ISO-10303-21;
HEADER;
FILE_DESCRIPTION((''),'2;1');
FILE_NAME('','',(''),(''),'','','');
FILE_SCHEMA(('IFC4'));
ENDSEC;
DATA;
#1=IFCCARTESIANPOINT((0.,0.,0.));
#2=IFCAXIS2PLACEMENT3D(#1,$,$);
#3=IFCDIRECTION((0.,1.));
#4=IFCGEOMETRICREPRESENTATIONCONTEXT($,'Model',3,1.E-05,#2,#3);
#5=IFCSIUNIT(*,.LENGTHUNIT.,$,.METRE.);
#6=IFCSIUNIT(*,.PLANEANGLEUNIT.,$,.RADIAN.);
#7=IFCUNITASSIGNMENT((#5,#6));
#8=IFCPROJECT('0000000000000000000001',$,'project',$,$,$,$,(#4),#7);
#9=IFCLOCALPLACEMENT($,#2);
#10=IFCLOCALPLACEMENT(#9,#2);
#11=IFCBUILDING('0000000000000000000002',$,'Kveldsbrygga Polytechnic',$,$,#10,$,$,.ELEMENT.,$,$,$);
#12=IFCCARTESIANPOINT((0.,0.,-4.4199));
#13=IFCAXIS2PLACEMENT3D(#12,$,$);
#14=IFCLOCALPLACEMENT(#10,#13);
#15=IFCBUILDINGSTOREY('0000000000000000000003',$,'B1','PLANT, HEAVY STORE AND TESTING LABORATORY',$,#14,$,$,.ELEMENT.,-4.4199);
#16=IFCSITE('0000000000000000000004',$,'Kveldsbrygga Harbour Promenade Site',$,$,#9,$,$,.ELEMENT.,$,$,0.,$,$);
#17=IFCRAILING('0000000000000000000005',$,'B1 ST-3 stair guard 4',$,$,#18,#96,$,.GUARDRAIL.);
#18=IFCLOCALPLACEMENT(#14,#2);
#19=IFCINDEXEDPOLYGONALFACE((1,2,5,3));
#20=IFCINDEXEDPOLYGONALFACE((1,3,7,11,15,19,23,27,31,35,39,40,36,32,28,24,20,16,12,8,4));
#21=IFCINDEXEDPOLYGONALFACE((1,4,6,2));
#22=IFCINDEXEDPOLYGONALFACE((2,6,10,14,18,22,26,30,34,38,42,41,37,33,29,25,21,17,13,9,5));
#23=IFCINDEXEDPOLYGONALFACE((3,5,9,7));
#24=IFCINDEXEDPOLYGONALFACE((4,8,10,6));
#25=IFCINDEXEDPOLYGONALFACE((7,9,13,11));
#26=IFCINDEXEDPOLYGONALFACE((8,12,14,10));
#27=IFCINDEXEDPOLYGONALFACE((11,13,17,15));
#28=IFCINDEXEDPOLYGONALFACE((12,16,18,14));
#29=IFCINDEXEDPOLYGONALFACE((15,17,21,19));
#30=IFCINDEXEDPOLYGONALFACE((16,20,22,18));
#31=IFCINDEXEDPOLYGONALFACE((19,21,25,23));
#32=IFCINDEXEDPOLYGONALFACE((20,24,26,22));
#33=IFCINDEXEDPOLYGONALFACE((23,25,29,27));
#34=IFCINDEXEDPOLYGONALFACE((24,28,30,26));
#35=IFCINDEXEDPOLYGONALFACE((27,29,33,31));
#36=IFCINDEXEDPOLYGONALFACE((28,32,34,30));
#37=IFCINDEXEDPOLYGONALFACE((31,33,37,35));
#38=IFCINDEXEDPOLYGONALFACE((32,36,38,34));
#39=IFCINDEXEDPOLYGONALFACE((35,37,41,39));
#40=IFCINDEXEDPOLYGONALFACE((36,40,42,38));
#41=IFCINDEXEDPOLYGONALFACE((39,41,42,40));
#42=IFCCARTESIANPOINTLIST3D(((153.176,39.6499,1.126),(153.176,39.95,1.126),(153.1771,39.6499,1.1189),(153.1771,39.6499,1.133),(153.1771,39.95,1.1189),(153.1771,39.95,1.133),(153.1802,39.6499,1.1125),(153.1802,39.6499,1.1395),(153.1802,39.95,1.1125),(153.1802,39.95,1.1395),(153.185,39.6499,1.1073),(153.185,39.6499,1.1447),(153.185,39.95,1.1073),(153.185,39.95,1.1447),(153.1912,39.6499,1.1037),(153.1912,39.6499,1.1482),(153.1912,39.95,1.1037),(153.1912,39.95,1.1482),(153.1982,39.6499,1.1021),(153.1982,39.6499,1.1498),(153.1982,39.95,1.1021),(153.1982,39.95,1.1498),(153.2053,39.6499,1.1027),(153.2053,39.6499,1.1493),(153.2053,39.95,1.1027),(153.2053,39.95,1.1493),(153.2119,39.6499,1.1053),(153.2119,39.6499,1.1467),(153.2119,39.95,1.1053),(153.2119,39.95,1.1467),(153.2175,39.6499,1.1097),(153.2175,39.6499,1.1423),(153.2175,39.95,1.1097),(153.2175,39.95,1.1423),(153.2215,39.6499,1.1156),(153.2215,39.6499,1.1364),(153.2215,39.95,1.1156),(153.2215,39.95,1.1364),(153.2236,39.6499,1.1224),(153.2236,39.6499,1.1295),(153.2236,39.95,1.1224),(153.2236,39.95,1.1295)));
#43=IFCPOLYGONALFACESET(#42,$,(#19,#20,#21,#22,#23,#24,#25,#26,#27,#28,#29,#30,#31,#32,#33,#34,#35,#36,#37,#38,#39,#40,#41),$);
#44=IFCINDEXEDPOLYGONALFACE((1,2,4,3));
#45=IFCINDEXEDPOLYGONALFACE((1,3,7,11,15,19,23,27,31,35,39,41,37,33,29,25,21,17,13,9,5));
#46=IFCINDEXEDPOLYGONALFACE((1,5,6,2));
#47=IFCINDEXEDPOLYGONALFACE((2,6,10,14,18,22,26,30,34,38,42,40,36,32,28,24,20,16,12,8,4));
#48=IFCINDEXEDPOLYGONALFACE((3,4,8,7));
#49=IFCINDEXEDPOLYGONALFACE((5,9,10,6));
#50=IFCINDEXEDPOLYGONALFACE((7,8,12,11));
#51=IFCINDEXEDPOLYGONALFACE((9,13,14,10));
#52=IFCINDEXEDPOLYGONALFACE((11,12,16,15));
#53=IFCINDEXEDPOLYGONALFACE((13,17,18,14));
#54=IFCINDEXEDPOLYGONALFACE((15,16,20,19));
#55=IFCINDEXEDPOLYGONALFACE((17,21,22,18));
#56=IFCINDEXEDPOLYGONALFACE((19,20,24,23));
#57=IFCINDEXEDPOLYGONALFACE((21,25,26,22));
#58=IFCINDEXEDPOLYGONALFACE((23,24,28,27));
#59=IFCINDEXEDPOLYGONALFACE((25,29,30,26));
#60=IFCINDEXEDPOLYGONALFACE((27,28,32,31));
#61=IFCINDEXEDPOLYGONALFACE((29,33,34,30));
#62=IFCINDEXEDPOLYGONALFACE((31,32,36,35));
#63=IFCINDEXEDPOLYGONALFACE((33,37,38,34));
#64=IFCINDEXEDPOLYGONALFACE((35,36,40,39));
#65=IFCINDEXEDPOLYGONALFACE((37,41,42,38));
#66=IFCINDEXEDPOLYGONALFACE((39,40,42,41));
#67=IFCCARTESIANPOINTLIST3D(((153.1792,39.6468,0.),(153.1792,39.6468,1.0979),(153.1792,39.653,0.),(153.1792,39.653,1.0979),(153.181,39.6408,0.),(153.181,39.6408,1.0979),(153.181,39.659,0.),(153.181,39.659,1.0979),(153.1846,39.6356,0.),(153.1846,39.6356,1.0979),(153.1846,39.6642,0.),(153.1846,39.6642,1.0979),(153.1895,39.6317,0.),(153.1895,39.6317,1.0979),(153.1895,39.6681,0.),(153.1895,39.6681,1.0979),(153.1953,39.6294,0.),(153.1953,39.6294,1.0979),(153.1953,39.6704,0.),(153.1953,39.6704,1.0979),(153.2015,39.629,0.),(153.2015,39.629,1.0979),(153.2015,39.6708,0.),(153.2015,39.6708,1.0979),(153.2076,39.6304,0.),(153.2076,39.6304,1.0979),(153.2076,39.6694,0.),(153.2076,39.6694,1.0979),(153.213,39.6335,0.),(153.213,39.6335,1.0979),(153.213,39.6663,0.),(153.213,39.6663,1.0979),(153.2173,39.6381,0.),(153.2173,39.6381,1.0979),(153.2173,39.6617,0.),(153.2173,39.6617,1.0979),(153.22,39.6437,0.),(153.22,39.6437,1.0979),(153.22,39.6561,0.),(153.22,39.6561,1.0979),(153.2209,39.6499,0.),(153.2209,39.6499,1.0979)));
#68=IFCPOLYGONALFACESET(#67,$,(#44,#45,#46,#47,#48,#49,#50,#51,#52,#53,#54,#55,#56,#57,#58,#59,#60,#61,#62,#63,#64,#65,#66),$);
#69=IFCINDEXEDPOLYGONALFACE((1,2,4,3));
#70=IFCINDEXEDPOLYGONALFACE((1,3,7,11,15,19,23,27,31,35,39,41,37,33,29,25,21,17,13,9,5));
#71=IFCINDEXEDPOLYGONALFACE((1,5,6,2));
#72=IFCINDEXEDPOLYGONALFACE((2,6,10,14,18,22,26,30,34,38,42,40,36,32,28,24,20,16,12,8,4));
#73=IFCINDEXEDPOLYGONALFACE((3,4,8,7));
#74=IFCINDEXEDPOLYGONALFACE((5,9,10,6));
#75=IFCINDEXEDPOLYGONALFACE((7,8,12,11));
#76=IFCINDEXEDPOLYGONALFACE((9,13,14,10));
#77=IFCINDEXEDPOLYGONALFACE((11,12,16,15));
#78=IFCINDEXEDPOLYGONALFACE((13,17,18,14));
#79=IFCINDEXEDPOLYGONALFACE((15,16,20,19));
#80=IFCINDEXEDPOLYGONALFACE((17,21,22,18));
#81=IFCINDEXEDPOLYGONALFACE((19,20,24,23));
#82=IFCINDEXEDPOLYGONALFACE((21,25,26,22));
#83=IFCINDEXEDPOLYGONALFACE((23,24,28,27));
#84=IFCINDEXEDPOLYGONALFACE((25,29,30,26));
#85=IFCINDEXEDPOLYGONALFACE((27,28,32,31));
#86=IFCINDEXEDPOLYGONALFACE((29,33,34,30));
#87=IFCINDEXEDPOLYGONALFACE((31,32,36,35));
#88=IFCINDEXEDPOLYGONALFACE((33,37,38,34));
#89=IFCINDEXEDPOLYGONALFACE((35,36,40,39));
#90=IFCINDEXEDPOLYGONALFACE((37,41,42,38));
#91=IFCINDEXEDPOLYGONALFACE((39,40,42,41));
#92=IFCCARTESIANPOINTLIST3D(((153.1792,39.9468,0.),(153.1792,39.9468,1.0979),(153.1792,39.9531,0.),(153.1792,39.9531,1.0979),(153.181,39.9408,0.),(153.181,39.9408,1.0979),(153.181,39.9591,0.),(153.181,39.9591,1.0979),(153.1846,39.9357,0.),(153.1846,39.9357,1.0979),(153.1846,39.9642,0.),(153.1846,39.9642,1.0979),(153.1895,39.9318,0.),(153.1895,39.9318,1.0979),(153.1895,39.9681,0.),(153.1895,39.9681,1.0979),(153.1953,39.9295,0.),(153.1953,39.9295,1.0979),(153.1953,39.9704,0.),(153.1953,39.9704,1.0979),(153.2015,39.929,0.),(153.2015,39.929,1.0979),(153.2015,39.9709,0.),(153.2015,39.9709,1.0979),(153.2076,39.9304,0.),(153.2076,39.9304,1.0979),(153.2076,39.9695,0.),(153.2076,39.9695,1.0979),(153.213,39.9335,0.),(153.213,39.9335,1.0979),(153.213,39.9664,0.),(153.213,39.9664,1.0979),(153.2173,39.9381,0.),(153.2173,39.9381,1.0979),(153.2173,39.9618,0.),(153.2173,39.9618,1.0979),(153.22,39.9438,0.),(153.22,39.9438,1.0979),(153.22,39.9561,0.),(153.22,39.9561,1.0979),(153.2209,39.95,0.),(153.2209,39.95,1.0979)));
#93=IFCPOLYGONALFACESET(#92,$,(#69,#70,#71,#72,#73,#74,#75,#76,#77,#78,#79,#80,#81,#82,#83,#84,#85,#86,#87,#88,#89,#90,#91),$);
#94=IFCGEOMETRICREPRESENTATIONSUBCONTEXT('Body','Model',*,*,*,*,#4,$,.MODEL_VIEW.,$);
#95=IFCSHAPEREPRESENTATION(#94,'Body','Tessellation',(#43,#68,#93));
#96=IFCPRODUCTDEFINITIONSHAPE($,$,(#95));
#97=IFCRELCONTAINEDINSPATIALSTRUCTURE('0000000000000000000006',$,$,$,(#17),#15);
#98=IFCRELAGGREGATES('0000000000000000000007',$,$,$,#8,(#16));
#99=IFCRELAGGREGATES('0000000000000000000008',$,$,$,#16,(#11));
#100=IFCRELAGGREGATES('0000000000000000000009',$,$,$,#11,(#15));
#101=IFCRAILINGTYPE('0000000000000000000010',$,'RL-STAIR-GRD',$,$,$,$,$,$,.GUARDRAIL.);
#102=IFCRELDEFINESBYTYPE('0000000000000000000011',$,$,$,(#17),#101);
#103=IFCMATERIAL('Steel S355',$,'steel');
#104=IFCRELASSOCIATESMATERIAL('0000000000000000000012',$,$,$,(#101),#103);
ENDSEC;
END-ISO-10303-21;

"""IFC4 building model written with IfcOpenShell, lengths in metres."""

from ifc_helpers import new_model, si_unit, direction, frame, origin, origin_2d, place, context, subcontext, project, spatial, circle, extrude, material, type_object, element, save


model = new_model("IFC4")

# Units and contexts
model_context = context("Model", 3, precision=1e-05, world=origin(), true_north=direction((0.0, 1.0)))
body_context = subcontext(model_context, "Body", "Model", "MODEL_VIEW")
ifc_project = project(units=[si_unit("LENGTHUNIT", "METRE"), si_unit("PLANEANGLEUNIT", "RADIAN")], contexts=[model_context])

# Site, building, storey
site_placement = place(None, origin())
site = spatial("IfcSite", under=ifc_project, at=site_placement, Name="Kveldsbrygga Harbour Promenade Site", CompositionType="ELEMENT", RefElevation=0.0)
building_placement = place(site_placement, origin())
building = spatial("IfcBuilding", under=site, at=building_placement, Name="Kveldsbrygga Polytechnic", CompositionType="ELEMENT")
storey_placement = place(building_placement, frame((0.0, 0.0, -4.4199)))
storey = spatial("IfcBuildingStorey", under=building, at=storey_placement, Name="B1", Description="PLANT, HEAVY STORE AND TESTING LABORATORY", CompositionType="ELEMENT", Elevation=-4.4199)

# Railing
ifc_material_1 = material(Name="Steel S355", Category="steel")
railing_type_1 = type_object("IfcRailingType", Name="RL-STAIR-GRD", PredefinedType="GUARDRAIL", material=ifc_material_1)
railing_1_placement = place(storey_placement, frame((153.2, 39.6499, 0.0)))
element("IfcRailing", 1, at=railing_1_placement, inside=storey, type_object=railing_type_1, Name="B1 ST-3 stair guard 4", PredefinedType="GUARDRAIL", context=body_context, shape_type="SweptSolid", body=[
    extrude(circle(Radius=0.0239, at=origin_2d()), frame((0.0, 0.0, 1.126), z_axis=(0.0, 1.0, 0.0), x_axis=(-1.0, 0.0, 0.0)), (0.0, 0.0, 1.0), 0.3),
    extrude(circle(Radius=0.021, at=origin_2d()), origin(), (0.0, 0.0, 1.0), 1.0979),
    extrude(circle(Radius=0.021, at=origin_2d()), frame((0.0, 0.3, 0.0)), (0.0, 0.0, 1.0), 1.0979),
])

save(model, "model.ifc")
